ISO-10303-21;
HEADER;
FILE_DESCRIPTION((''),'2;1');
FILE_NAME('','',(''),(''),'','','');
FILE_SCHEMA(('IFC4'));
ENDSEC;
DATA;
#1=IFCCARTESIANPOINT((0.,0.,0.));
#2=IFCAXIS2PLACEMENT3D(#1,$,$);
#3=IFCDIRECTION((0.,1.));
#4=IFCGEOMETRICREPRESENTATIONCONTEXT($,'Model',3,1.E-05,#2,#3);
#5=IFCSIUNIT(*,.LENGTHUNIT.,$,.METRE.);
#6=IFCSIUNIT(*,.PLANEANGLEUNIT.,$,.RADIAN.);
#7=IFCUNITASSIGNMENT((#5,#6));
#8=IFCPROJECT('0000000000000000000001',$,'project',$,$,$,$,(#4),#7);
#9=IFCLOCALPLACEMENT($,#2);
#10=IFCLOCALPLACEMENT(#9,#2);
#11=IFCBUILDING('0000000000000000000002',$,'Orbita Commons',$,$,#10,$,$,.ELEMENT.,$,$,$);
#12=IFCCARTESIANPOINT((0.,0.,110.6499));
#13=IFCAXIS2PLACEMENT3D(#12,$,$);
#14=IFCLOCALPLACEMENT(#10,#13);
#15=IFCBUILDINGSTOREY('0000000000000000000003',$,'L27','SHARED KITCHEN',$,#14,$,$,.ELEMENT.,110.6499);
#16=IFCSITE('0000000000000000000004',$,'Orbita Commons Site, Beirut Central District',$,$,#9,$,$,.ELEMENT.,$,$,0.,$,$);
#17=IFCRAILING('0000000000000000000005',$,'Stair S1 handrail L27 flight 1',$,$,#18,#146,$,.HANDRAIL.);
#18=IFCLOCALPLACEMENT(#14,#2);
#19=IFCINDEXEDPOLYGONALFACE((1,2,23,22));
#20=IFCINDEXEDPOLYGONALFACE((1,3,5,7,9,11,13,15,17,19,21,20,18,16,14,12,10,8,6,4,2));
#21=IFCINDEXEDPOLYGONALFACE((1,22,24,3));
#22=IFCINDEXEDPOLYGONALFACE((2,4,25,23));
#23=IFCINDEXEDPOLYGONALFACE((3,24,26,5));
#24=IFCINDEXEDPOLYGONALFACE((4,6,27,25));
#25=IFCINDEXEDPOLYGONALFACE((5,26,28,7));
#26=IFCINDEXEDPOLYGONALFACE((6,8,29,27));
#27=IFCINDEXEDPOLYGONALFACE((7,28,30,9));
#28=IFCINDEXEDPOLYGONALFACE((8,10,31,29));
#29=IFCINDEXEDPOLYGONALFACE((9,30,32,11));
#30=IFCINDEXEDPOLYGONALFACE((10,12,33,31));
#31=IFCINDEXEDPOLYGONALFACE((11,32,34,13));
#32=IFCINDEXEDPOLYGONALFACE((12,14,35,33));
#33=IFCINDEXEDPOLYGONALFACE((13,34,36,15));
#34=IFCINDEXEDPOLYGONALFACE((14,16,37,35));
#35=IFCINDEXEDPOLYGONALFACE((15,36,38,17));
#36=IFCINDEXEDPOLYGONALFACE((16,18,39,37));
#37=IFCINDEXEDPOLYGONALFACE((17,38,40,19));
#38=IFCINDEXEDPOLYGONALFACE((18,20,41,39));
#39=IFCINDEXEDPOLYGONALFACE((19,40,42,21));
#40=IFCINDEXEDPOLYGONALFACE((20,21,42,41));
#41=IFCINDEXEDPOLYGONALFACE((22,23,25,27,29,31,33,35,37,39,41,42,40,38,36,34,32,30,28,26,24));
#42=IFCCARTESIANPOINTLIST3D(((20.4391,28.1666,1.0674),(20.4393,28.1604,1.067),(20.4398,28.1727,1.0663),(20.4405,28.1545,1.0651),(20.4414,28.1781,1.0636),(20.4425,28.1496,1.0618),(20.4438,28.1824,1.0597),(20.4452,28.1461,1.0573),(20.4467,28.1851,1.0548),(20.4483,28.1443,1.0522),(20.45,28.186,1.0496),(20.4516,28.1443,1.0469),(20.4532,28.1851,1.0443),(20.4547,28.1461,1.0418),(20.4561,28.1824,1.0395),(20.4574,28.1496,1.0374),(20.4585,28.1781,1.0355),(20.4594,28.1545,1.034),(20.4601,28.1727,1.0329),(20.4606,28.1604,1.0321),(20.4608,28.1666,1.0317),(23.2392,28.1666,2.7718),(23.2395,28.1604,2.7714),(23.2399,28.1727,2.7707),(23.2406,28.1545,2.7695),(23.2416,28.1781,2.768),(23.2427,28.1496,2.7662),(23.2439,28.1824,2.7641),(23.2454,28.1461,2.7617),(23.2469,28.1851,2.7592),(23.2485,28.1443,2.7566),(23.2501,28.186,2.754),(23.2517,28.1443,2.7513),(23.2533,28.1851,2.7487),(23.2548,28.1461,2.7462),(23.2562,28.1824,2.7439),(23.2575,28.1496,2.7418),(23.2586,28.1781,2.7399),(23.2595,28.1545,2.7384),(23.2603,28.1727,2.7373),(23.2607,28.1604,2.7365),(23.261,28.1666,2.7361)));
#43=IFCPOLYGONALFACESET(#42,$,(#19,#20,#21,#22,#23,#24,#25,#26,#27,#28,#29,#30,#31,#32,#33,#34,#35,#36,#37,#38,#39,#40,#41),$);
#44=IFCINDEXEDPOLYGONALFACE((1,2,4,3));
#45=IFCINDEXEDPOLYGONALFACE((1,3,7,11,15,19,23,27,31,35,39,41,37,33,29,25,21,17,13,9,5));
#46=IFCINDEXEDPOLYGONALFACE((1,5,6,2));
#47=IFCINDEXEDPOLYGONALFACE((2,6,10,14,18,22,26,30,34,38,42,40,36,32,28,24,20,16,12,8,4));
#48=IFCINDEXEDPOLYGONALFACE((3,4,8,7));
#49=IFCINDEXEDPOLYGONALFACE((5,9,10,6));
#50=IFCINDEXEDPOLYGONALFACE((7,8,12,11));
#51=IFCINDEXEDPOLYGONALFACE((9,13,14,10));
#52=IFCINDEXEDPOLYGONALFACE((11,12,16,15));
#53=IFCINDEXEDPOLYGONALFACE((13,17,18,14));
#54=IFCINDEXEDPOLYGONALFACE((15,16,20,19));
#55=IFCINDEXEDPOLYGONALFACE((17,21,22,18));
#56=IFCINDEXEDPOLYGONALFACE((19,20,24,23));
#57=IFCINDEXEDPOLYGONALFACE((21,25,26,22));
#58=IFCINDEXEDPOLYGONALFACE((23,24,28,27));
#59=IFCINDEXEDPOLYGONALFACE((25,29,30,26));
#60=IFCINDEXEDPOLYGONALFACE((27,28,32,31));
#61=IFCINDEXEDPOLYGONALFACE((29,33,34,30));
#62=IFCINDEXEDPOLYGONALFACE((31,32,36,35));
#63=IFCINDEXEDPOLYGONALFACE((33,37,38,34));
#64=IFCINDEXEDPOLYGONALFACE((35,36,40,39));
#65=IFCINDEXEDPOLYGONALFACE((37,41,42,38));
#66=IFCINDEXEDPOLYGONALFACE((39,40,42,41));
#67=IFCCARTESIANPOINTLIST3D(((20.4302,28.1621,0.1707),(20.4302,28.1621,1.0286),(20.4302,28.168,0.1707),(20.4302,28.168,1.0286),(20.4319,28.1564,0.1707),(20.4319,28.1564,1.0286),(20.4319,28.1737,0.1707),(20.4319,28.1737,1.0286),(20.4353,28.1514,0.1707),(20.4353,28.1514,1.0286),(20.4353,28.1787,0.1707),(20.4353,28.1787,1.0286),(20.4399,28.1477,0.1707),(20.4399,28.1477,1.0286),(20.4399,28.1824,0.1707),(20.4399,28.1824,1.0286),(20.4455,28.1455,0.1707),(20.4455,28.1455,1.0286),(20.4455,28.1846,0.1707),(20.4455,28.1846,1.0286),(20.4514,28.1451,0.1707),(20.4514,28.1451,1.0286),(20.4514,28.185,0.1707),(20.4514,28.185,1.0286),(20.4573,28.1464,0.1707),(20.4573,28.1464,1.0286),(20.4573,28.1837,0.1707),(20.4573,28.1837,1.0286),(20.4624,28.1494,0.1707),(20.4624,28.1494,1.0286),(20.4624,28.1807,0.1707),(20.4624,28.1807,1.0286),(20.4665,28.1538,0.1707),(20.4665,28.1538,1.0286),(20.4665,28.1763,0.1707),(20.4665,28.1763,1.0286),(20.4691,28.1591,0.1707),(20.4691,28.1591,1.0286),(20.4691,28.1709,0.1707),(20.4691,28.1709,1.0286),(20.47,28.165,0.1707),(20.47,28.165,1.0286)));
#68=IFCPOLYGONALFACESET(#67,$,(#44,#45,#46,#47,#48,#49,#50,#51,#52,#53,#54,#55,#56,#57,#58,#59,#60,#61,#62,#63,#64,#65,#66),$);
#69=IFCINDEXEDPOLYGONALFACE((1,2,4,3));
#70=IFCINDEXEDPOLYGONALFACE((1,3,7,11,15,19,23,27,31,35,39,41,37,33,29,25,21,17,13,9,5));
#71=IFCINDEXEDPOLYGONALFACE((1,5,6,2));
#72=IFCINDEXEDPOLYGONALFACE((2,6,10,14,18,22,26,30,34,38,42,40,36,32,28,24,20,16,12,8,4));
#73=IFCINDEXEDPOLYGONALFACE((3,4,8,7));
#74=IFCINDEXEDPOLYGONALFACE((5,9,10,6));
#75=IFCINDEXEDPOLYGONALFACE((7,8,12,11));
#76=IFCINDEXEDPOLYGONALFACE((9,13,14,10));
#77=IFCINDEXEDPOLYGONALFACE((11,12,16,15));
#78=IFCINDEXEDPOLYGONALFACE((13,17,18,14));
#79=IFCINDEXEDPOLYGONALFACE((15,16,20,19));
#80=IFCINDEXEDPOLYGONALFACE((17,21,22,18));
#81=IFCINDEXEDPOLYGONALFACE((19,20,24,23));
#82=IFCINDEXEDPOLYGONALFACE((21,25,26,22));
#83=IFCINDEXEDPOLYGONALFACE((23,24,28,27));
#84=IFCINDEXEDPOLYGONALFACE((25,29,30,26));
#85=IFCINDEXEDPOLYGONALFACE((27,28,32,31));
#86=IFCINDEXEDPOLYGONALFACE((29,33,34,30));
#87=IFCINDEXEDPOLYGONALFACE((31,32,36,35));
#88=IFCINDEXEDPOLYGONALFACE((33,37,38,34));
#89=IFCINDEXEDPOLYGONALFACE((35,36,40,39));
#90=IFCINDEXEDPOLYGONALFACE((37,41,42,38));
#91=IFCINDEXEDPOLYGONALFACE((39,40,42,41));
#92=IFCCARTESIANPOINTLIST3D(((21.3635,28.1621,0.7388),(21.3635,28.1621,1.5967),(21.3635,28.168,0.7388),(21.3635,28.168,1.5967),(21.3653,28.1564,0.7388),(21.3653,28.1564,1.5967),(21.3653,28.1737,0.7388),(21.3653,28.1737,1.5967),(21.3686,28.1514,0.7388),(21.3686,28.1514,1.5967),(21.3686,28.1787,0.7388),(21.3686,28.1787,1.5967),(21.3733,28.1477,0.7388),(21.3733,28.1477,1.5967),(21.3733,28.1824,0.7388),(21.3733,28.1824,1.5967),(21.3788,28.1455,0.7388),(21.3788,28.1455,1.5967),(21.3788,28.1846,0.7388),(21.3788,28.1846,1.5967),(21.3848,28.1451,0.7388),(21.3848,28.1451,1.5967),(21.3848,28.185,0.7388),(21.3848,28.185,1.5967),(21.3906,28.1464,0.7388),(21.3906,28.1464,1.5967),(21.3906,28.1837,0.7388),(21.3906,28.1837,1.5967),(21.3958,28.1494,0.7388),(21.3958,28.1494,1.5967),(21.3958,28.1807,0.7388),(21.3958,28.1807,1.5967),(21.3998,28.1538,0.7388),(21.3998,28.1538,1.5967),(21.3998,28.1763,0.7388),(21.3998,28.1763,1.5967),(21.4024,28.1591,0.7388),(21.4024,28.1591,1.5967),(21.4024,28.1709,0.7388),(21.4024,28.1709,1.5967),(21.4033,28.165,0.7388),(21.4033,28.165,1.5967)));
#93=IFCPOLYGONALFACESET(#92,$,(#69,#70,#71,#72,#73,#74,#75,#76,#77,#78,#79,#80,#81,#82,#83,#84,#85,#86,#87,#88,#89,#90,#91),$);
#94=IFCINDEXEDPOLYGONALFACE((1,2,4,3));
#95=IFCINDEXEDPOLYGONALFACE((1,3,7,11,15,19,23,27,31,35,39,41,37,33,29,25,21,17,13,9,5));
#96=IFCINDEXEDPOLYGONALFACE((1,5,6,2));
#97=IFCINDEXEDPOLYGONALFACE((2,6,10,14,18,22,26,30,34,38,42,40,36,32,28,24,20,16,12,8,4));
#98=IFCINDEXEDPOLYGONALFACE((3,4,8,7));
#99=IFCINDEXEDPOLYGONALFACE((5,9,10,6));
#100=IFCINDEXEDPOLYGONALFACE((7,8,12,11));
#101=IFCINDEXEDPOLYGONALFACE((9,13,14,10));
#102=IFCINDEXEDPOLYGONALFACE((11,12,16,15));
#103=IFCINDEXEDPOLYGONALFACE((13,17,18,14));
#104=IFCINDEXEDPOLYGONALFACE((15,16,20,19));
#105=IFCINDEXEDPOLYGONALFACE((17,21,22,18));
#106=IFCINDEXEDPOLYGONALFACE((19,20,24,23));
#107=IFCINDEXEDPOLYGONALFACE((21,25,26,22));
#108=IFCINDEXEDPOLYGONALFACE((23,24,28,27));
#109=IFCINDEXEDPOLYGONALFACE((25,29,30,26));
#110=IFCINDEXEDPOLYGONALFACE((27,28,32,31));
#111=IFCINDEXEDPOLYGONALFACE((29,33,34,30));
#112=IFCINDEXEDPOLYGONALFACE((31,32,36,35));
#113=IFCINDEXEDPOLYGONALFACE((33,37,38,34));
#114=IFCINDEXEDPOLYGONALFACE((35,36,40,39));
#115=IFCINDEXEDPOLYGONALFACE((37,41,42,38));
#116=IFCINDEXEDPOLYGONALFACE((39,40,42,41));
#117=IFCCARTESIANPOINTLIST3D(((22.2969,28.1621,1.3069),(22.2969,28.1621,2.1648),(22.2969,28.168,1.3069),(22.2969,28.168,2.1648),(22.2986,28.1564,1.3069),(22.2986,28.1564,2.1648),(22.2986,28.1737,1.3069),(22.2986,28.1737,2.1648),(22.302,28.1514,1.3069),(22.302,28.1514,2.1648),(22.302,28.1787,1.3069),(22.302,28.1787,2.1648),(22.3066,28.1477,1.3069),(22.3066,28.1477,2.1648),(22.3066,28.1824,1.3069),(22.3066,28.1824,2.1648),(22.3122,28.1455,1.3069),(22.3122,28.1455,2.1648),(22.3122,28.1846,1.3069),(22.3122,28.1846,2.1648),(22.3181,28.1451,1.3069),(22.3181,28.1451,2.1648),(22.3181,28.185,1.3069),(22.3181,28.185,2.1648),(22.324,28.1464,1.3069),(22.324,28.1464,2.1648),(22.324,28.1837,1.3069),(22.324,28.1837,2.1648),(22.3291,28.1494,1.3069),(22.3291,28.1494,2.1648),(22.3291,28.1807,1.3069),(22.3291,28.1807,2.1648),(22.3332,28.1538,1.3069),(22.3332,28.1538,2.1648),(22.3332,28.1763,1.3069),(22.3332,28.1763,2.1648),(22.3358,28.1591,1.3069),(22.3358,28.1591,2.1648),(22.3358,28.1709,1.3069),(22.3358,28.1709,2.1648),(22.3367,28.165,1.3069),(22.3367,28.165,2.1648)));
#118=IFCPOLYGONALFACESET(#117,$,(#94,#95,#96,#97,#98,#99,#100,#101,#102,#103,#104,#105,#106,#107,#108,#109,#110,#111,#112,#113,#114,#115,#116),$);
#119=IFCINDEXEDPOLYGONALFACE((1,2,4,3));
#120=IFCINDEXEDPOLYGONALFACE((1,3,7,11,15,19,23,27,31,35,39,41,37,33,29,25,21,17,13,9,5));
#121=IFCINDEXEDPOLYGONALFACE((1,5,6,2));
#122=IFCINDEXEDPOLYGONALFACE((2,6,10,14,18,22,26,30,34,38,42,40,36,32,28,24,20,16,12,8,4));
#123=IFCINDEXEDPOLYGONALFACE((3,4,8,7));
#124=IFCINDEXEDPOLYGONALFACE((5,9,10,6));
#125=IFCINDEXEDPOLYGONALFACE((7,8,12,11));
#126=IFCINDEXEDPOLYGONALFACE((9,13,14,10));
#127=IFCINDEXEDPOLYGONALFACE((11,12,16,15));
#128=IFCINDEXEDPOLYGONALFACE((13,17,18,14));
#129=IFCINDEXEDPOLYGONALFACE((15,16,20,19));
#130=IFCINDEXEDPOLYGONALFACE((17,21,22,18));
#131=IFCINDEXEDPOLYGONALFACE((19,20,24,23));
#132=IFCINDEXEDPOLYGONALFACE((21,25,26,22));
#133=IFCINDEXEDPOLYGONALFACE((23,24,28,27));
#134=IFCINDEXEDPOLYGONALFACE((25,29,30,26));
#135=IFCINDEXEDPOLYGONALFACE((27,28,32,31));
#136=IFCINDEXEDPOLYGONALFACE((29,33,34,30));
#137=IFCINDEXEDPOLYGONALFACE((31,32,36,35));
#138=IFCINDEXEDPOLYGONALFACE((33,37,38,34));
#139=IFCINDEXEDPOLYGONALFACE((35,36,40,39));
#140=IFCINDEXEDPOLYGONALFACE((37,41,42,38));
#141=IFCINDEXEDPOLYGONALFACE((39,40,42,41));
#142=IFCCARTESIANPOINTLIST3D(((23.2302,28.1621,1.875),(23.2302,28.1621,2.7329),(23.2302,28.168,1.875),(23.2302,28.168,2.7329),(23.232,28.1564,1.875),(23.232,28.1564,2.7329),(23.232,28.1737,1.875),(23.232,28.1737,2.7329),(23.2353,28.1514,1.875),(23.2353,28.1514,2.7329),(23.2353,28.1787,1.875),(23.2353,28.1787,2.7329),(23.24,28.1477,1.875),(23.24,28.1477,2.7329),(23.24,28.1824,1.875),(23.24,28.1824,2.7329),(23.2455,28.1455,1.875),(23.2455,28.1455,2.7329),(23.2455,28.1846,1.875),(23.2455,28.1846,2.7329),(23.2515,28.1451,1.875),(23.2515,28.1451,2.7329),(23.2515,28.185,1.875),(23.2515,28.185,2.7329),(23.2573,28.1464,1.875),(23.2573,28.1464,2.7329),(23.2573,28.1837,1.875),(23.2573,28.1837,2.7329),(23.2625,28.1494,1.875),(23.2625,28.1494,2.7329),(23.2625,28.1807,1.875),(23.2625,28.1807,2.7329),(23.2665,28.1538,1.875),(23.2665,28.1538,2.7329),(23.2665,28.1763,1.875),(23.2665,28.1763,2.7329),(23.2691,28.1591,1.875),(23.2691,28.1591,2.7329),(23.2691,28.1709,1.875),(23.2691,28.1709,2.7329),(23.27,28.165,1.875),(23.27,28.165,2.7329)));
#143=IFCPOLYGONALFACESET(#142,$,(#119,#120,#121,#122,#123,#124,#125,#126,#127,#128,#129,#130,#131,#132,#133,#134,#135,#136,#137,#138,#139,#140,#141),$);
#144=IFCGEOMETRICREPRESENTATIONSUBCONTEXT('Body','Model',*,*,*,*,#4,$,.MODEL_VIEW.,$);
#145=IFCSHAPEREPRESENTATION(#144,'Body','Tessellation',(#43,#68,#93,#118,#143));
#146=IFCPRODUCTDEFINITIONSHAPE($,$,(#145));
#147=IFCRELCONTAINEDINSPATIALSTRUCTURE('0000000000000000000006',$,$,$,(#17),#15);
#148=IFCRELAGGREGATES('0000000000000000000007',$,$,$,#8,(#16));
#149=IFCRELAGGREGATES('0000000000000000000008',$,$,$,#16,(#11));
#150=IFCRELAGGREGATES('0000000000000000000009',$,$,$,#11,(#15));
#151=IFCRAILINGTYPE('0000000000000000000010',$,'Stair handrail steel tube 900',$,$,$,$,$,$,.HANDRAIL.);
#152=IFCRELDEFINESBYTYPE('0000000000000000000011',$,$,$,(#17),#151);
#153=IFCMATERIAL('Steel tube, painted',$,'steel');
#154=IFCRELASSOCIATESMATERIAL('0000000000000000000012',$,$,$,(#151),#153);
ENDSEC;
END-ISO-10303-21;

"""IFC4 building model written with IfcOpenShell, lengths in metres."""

from ifc_helpers import new_model, si_unit, direction, frame, origin, origin_2d, place, context, subcontext, project, spatial, circle, extrude, material, type_object, element, save


model = new_model("IFC4")

# Units and contexts
model_context = context("Model", 3, precision=1e-05, world=origin(), true_north=direction((0.0, 1.0)))
body_context = subcontext(model_context, "Body", "Model", "MODEL_VIEW")
ifc_project = project(units=[si_unit("LENGTHUNIT", "METRE"), si_unit("PLANEANGLEUNIT", "RADIAN")], contexts=[model_context])

# Site, building, storey
site_placement = place(None, origin())
site = spatial("IfcSite", under=ifc_project, at=site_placement, Name="Orbita Commons Site, Beirut Central District", CompositionType="ELEMENT", RefElevation=0.0)
building_placement = place(site_placement, origin())
building = spatial("IfcBuilding", under=site, at=building_placement, Name="Orbita Commons", CompositionType="ELEMENT")
storey_placement = place(building_placement, frame((0.0, 0.0, 110.6499)))
storey = spatial("IfcBuildingStorey", under=building, at=storey_placement, Name="L27", Description="SHARED KITCHEN", CompositionType="ELEMENT", Elevation=110.6499)

# Railing
ifc_material_1 = material(Name="Steel tube, painted", Category="steel")
railing_type = type_object("IfcRailingType", Name="Stair handrail steel tube 900", PredefinedType="HANDRAIL", material=ifc_material_1)
for number, where, name in (
    (1, (20.45, 28.165, 0.1707), "Stair S1 handrail L27 flight 1"),
):
    element("IfcRailing", number, at=place(storey_placement, frame(where)), inside=storey, type_object=railing_type, Name=name, PredefinedType="HANDRAIL", context=body_context, shape_type="SweptSolid", body=[
        extrude(circle(Radius=0.021, at=origin_2d()), frame((0.0, 0.0, 0.8789), z_axis=(0.854203, 0.0, 0.51994), x_axis=(0.0, 1.0, 0.0)), (0.0, 0.0, 1.0), 3.2781),
        extrude(circle(Radius=0.02, at=origin_2d()), origin(), (0.0, 0.0, 1.0), 0.8579),
        extrude(circle(Radius=0.02, at=origin_2d()), frame((0.9333, 0.0, 0.5681)), (0.0, 0.0, 1.0), 0.8579),
        extrude(circle(Radius=0.02, at=origin_2d()), frame((1.8667, 0.0, 1.1362)), (0.0, 0.0, 1.0), 0.8579),
        extrude(circle(Radius=0.02, at=origin_2d()), frame((2.8, 0.0, 1.7043)), (0.0, 0.0, 1.0), 0.8579),
    ])

save(model, "model.ifc")
